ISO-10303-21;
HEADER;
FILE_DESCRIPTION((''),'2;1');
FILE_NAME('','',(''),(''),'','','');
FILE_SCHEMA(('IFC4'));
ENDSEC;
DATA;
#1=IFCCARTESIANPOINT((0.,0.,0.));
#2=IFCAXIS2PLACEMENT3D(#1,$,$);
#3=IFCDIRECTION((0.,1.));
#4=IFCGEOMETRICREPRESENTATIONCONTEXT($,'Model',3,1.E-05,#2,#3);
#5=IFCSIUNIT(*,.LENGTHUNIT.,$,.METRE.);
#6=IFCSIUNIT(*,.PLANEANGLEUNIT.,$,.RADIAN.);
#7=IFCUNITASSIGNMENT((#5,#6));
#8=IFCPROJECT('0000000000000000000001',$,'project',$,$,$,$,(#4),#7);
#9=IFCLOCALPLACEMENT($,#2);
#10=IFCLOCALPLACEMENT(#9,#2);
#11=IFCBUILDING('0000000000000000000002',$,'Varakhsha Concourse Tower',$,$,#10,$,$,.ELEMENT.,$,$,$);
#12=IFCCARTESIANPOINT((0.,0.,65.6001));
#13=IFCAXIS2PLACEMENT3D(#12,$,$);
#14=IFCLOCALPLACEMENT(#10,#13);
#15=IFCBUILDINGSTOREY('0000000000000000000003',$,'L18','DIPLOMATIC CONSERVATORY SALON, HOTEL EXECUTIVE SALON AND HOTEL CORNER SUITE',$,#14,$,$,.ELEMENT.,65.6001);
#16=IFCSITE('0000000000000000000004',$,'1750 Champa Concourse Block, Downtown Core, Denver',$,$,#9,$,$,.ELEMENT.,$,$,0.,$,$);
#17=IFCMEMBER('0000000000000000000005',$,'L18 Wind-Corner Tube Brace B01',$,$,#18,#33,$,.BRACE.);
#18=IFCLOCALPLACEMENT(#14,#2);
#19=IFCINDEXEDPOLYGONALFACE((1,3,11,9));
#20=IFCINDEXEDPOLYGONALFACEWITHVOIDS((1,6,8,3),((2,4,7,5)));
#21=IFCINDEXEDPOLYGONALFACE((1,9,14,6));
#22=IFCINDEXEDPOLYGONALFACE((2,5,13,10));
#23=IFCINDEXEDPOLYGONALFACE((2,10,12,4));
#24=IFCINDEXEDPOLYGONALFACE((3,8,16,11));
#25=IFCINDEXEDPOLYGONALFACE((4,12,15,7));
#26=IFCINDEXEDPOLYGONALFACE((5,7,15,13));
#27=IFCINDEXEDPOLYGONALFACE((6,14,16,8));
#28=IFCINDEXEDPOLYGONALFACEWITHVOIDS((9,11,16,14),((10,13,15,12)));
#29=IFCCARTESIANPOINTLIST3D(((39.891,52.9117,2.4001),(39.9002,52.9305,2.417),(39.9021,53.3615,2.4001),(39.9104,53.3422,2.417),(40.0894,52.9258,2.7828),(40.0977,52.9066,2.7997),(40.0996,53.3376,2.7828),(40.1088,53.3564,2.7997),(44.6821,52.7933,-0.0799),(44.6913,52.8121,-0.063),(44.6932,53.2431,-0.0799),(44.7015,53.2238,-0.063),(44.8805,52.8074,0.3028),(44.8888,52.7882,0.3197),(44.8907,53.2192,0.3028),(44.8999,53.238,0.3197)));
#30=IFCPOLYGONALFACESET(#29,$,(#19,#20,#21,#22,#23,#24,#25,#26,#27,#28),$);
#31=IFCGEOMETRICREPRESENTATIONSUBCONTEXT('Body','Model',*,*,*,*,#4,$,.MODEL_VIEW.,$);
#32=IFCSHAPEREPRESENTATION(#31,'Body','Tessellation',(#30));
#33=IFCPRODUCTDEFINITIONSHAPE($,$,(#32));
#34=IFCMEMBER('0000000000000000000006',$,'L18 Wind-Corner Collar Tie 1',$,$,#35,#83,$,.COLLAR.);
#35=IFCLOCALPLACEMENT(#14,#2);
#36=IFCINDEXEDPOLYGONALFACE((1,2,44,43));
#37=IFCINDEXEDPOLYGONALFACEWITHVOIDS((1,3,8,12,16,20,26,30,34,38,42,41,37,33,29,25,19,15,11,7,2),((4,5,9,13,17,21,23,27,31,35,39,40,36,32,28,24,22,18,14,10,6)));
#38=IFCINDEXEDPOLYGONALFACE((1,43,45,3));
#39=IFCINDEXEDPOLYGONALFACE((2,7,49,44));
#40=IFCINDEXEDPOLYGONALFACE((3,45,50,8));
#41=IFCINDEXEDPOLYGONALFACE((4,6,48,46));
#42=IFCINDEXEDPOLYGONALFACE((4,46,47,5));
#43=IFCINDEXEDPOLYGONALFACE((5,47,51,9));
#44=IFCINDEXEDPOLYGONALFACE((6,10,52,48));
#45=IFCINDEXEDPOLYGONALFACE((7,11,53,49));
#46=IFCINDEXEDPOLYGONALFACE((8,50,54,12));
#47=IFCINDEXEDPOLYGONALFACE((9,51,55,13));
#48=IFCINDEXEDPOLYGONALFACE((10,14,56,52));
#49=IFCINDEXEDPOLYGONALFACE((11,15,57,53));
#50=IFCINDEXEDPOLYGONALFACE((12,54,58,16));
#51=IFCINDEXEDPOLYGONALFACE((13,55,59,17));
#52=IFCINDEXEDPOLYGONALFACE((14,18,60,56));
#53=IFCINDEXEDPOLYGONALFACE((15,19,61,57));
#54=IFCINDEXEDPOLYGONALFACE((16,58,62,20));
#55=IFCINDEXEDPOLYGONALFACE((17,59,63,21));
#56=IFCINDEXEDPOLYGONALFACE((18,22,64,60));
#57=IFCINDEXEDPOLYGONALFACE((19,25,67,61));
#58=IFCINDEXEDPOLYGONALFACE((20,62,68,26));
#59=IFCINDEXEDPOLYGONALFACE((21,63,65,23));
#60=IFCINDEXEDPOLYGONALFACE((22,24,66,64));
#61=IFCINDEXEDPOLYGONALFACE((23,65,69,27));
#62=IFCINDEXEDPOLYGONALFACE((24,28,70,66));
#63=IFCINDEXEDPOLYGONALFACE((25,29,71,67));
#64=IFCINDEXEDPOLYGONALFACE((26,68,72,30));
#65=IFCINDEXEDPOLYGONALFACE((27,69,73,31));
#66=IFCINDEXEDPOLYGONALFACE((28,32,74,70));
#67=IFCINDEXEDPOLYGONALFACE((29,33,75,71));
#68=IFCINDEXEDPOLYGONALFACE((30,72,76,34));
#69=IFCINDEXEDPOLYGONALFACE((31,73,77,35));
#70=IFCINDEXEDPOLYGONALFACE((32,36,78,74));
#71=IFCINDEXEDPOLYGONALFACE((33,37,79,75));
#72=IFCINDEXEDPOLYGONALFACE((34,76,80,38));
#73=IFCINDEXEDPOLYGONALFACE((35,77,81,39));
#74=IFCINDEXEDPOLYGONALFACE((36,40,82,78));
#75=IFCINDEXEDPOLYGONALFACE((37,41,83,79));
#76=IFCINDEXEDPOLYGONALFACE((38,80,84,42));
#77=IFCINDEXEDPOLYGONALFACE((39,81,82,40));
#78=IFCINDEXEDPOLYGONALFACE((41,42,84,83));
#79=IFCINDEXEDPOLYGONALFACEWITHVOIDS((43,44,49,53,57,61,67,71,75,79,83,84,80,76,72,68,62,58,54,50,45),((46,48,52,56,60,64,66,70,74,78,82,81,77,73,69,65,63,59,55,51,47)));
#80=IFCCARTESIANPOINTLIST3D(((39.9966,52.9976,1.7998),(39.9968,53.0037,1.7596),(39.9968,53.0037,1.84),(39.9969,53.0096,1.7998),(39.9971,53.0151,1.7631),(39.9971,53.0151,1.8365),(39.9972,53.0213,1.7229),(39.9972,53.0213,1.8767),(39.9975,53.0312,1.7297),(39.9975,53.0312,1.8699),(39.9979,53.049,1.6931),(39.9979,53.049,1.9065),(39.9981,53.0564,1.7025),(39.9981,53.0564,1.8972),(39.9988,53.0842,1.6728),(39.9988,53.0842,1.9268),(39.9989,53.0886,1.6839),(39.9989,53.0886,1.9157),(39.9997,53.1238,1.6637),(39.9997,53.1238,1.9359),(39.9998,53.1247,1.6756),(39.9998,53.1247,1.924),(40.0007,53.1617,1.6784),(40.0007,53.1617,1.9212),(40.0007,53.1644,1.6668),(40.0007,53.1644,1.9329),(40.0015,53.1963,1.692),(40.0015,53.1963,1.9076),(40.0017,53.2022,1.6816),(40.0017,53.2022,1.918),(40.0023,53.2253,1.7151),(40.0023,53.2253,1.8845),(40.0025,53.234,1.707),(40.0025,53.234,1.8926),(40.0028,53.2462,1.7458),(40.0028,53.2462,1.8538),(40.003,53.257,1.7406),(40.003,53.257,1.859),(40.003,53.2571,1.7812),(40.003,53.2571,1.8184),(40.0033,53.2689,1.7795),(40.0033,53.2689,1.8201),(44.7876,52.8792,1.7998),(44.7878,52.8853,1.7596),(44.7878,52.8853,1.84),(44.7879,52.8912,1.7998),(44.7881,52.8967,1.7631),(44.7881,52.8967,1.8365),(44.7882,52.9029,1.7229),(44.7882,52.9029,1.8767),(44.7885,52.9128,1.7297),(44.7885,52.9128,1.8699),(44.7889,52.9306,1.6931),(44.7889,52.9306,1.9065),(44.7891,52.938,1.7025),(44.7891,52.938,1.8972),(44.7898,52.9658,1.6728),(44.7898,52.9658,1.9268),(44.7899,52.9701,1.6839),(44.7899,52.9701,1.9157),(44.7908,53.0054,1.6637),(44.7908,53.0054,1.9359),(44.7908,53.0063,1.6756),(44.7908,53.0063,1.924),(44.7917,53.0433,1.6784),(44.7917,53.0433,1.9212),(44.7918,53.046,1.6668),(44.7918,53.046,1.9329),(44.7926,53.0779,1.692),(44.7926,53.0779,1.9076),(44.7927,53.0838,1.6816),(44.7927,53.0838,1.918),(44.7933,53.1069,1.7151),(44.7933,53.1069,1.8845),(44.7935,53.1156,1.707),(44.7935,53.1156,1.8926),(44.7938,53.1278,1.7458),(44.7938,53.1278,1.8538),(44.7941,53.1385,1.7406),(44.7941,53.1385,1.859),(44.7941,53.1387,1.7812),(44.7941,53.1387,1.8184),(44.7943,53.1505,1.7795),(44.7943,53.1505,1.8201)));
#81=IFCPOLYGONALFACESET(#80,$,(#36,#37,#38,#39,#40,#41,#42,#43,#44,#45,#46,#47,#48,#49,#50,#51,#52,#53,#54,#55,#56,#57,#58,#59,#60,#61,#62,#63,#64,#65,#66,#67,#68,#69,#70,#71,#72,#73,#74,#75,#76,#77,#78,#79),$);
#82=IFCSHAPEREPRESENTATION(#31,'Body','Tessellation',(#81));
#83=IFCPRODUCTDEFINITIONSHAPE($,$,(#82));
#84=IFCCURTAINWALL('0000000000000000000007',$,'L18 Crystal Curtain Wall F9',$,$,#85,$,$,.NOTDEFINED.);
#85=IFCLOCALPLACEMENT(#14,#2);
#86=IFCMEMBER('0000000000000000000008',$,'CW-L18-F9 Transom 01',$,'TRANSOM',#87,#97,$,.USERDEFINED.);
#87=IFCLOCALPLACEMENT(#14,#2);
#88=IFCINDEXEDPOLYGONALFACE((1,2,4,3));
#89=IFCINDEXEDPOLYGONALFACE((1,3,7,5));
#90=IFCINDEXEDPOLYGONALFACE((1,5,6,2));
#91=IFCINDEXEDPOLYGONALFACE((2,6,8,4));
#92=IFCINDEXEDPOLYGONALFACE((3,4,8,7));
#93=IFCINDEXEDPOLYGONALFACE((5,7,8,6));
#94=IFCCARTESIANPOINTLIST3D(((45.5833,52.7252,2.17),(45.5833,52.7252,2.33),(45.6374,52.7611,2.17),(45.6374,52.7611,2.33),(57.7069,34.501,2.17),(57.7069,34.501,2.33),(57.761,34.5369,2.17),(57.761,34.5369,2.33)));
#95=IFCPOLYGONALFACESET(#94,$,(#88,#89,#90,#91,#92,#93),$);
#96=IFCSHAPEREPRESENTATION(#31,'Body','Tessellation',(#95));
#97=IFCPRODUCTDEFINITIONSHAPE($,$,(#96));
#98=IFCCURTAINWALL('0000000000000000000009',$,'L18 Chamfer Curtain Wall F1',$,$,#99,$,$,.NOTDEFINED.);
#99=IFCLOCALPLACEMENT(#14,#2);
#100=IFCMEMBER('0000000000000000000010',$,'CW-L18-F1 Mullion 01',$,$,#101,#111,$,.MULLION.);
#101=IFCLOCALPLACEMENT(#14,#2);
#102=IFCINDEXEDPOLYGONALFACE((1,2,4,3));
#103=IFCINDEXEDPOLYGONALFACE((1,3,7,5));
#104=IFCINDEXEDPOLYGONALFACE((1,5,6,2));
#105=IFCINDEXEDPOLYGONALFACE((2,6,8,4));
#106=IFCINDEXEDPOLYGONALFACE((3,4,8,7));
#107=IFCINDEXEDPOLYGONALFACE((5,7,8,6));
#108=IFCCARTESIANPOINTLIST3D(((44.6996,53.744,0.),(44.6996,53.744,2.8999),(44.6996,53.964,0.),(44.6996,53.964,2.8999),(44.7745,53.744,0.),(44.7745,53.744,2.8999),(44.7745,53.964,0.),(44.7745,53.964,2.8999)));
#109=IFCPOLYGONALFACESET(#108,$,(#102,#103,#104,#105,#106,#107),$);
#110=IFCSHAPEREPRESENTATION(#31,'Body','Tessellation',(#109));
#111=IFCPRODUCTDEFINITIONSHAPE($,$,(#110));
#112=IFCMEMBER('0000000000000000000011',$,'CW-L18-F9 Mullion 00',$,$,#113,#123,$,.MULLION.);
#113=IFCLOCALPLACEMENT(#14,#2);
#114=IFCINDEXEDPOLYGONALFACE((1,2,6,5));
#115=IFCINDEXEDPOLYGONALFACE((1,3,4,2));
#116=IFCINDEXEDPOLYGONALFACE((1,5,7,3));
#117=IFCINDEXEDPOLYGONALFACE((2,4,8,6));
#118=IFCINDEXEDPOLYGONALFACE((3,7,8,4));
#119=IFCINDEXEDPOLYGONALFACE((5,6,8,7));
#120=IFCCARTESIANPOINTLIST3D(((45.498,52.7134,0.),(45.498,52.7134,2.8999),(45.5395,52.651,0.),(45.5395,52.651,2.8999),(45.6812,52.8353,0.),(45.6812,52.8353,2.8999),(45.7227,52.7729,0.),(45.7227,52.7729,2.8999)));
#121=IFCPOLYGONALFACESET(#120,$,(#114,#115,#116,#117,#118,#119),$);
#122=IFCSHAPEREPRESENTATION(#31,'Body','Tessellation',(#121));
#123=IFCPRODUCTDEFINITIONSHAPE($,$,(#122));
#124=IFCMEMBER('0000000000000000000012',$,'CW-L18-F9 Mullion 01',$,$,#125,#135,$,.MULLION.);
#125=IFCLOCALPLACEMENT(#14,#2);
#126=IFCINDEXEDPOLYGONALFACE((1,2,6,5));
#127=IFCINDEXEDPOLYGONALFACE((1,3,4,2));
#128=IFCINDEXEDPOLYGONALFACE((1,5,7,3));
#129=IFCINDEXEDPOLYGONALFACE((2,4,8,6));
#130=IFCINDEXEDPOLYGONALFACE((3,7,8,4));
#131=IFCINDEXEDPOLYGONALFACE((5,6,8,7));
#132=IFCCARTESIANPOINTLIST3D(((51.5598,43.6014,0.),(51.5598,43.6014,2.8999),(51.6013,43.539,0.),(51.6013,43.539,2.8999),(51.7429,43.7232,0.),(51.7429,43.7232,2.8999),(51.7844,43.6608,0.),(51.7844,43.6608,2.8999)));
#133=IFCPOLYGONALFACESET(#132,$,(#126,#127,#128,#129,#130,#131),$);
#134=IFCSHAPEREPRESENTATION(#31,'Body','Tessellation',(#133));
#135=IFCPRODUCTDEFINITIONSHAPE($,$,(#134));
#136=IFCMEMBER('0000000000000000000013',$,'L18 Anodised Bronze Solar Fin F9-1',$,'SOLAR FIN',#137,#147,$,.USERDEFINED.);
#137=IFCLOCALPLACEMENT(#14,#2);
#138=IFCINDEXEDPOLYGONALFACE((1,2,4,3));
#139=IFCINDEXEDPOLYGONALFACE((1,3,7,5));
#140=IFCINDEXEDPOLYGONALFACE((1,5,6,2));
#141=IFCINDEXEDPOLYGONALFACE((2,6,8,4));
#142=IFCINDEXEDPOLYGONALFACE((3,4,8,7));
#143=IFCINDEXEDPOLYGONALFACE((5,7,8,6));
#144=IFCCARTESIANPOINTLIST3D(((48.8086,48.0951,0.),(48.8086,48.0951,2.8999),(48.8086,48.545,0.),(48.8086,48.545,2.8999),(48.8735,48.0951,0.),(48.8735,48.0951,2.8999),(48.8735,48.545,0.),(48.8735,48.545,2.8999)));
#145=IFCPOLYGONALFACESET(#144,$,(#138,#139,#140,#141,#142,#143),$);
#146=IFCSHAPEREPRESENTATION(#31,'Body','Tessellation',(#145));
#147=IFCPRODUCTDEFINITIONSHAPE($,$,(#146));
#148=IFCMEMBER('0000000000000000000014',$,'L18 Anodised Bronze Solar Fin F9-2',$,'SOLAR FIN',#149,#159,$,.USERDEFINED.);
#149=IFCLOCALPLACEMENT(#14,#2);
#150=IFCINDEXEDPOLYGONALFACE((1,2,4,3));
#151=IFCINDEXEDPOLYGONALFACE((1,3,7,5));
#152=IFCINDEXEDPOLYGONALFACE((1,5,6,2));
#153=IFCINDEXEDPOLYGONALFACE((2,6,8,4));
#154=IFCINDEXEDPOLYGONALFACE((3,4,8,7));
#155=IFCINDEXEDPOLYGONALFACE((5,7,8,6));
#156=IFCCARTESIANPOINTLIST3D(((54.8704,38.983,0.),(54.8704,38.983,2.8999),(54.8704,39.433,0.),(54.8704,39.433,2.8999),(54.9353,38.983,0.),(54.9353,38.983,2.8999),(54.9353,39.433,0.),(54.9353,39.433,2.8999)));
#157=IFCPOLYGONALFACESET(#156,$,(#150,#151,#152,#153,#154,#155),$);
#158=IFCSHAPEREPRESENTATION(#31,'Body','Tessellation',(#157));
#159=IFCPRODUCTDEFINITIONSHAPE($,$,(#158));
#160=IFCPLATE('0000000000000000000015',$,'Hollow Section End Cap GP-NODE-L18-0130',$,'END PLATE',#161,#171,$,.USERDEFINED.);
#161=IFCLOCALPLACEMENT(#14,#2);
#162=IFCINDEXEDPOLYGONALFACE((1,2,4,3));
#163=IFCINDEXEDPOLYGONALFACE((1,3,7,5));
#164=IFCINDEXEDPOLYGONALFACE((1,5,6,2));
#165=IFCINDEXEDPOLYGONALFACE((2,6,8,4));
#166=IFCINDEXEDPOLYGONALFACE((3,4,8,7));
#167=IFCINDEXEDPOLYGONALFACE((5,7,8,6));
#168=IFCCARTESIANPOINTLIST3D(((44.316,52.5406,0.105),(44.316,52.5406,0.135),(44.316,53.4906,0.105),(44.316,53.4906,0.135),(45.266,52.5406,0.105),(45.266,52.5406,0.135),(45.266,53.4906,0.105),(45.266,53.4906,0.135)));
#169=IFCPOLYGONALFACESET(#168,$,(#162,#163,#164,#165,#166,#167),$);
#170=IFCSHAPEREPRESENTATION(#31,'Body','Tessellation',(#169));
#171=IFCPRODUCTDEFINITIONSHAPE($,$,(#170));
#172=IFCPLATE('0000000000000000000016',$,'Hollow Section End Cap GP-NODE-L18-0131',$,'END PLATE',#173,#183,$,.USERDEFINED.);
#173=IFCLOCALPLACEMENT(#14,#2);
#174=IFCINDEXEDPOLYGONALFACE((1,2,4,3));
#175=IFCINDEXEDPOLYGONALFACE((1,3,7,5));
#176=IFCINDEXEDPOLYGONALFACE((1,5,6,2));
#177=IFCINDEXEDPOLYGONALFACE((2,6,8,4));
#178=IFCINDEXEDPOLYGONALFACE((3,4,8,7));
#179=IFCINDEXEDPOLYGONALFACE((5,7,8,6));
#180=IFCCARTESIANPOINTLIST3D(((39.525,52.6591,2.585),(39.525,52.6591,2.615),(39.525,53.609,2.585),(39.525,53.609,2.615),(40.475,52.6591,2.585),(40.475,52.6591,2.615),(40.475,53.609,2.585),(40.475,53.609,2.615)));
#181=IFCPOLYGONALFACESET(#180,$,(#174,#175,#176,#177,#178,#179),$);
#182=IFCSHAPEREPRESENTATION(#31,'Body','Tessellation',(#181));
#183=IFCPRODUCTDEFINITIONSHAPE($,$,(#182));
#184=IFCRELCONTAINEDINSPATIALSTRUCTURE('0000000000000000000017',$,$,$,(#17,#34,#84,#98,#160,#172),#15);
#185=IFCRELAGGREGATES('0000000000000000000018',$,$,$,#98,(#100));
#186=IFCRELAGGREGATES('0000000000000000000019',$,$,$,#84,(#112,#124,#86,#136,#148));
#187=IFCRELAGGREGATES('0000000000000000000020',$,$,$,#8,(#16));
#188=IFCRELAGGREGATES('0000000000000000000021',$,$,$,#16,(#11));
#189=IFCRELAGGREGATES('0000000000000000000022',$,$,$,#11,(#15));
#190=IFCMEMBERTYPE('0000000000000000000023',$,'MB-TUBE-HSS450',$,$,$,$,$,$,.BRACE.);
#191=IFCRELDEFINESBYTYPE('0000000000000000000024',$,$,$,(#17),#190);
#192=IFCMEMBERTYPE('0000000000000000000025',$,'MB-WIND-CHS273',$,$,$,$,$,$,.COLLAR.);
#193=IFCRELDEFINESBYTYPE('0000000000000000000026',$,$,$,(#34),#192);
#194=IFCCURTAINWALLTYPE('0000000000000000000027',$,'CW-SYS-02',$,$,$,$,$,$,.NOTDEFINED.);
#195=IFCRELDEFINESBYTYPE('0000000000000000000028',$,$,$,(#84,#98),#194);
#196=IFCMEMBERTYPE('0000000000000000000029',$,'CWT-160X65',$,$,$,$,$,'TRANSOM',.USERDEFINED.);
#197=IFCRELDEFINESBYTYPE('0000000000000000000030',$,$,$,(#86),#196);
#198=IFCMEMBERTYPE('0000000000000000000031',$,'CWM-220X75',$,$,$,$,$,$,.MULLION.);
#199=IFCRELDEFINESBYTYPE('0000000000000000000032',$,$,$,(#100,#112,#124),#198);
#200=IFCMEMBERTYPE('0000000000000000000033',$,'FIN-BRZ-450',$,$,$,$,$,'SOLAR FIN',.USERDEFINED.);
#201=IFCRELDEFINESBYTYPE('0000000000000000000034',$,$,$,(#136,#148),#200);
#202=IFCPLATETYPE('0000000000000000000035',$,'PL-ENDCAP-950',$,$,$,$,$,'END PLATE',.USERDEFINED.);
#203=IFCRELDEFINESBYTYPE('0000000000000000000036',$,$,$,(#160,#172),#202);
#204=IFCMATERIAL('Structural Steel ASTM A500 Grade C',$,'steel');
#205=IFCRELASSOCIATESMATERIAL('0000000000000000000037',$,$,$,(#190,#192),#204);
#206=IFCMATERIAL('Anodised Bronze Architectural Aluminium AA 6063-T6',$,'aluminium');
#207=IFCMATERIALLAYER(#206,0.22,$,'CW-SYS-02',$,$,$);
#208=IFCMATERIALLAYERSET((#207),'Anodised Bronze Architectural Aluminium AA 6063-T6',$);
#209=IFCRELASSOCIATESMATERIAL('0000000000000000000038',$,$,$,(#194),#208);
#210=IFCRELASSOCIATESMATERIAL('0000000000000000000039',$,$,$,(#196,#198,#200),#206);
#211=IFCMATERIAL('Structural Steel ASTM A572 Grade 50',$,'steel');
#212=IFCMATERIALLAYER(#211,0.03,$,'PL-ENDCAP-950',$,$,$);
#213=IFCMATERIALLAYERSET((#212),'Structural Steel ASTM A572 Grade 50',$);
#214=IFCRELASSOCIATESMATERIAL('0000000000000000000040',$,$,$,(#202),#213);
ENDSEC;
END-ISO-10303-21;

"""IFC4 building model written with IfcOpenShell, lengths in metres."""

from ifc_helpers import new_model, si_unit, direction, frame, origin, origin_2d, place, context, subcontext, project, spatial, rectangle, hollow_rectangle, hollow_circle, extrude, source, transform, mapped, material, layer, layer_set, material_profile, profile_set, type_object, type_shapes, element, aggregate, save


model = new_model("IFC4")

# Units and contexts
model_context = context("Model", 3, precision=1e-05, world=origin(), true_north=direction((0.0, 1.0)))
body_context = subcontext(model_context, "Body", "Model", "MODEL_VIEW")
ifc_project = project(units=[si_unit("LENGTHUNIT", "METRE"), si_unit("PLANEANGLEUNIT", "RADIAN")], contexts=[model_context])

# Site, building, storey
site_placement = place(None, origin())
site = spatial("IfcSite", under=ifc_project, at=site_placement, Name="1750 Champa Concourse Block, Downtown Core, Denver", CompositionType="ELEMENT", RefElevation=0.0)
building_placement = place(site_placement, origin())
building = spatial("IfcBuilding", under=site, at=building_placement, Name="Varakhsha Concourse Tower", CompositionType="ELEMENT")
storey_placement = place(building_placement, frame((0.0, 0.0, 65.6001)))
storey = spatial("IfcBuildingStorey", under=building, at=storey_placement, Name="L18", Description="DIPLOMATIC CONSERVATORY SALON, HOTEL EXECUTIVE SALON AND HOTEL CORNER SUITE", CompositionType="ELEMENT", Elevation=65.6001)

# Shared definitions
ifc_material_1 = material(Name="Structural Steel ASTM A572 Grade 50", Category="steel")

# Members
ifc_material_2 = material(Name="Structural Steel ASTM A500 Grade C", Category="steel")
ifc_material_profile_1 = material_profile(ifc_material_2, hollow_rectangle(XDim=0.45, YDim=0.45, WallThickness=0.019, at=origin_2d()), Name="HSS 450x450x19")
ifc_profile_set_1 = profile_set([ifc_material_profile_1], Name="Structural Steel ASTM A500 Grade C")
member_type_1 = type_object("IfcMemberType", Name="MB-TUBE-HSS450", PredefinedType="BRACE", material=ifc_profile_set_1)
shared_shape_1 = source(origin(), body_context, "Body", "SweptSolid", [
    extrude(hollow_rectangle(XDim=0.45, YDim=0.45, WallThickness=0.019, at=origin_2d()), origin(), (0.0, 0.0, 1.0), 5.3962),
])
type_shapes(member_type_1, [shared_shape_1])
member_1_placement = place(storey_placement, frame((44.791, 53.0156, 0.1199), z_axis=(-0.887862, 0.021943, 0.459586), x_axis=(-0.024707, -0.999695, 0.0)))
element("IfcMember", 1, at=member_1_placement, inside=storey, type_object=member_type_1, Name="L18 Wind-Corner Tube Brace B01", PredefinedType="BRACE", context=body_context, shape_type="MappedRepresentation", body=[
    mapped(shared_shape_1, transform((0.0, 0.0, 0.0), scale=1.0)),
])
ifc_material_profile_2 = material_profile(ifc_material_2, hollow_circle(Radius=0.1365, WallThickness=0.012, at=origin_2d()), Name="CHS 273x12")
ifc_profile_set_2 = profile_set([ifc_material_profile_2], Name="Structural Steel ASTM A500 Grade C")
member_type_2 = type_object("IfcMemberType", Name="MB-WIND-CHS273", PredefinedType="COLLAR", material=ifc_profile_set_2)
shared_shape_2 = source(origin(), body_context, "Body", "SweptSolid", [
    extrude(hollow_circle(Radius=0.1365, WallThickness=0.012, at=origin_2d()), origin(), (0.0, 0.0, 1.0), 4.7925),
])
type_shapes(member_type_2, [shared_shape_2])
member_2_placement = place(storey_placement, frame((44.791, 53.0156, 1.7998), z_axis=(-0.999695, 0.024707, 0.0), x_axis=(-0.024707, -0.999695, 0.0)))
element("IfcMember", 2, at=member_2_placement, inside=storey, type_object=member_type_2, Name="L18 Wind-Corner Collar Tie 1", PredefinedType="COLLAR", context=body_context, shape_type="MappedRepresentation", body=[
    mapped(shared_shape_2, transform((0.0, 0.0, 0.0), scale=1.0)),
])

# Curtain walls, members
ifc_material_3 = material(Name="Anodised Bronze Architectural Aluminium AA 6063-T6", Category="aluminium")
ifc_layer_1 = layer(ifc_material_3, 0.22, Name="CW-SYS-02")
ifc_layer_set_1 = layer_set([ifc_layer_1], Name="Anodised Bronze Architectural Aluminium AA 6063-T6")
curtain_wall_type = type_object("IfcCurtainWallType", Name="CW-SYS-02", PredefinedType="NOTDEFINED", material=ifc_layer_set_1)
curtain_wall_1_placement = place(storey_placement, origin())
curtain_wall_1 = element("IfcCurtainWall", 3, at=curtain_wall_1_placement, inside=storey, type_object=curtain_wall_type, Name="L18 Crystal Curtain Wall F9", PredefinedType="NOTDEFINED")
ifc_material_profile_3 = material_profile(ifc_material_3, rectangle(XDim=0.0649, YDim=0.1599, at=origin_2d()), Name="CWT-160X65")
ifc_profile_set_3 = profile_set([ifc_material_profile_3], Name="Anodised Bronze Architectural Aluminium AA 6063-T6")
member_type_3 = type_object("IfcMemberType", Name="CWT-160X65", ElementType="TRANSOM", PredefinedType="USERDEFINED", material=ifc_profile_set_3)
shared_shape_3 = source(origin(), body_context, "Body", "SweptSolid", [
    extrude(rectangle(XDim=0.0649, YDim=0.1599, at=origin_2d()), origin(), (0.0, 0.0, 1.0), 21.8884),
])
type_shapes(member_type_3, [shared_shape_3])
member_3_placement = place(storey_placement, frame((45.6104, 52.7432, 2.25), z_axis=(0.553881, -0.832596, 0.0), x_axis=(0.832596, 0.553881, 0.0)))
member_3 = element("IfcMember", 4, at=member_3_placement, type_object=member_type_3, Name="CW-L18-F9 Transom 01", ObjectType="TRANSOM", PredefinedType="USERDEFINED", context=body_context, shape_type="MappedRepresentation", body=[
    mapped(shared_shape_3, transform((0.0, 0.0, 0.0), scale=1.0)),
])
curtain_wall_2_placement = place(storey_placement, origin())
curtain_wall_2 = element("IfcCurtainWall", 5, at=curtain_wall_2_placement, inside=storey, type_object=curtain_wall_type, Name="L18 Chamfer Curtain Wall F1", PredefinedType="NOTDEFINED")
ifc_material_profile_4 = material_profile(ifc_material_3, rectangle(XDim=0.075, YDim=0.22, at=origin_2d()), Name="CWM-220X75")
ifc_profile_set_4 = profile_set([ifc_material_profile_4], Name="Anodised Bronze Architectural Aluminium AA 6063-T6")
member_type_4 = type_object("IfcMemberType", Name="CWM-220X75", PredefinedType="MULLION", material=ifc_profile_set_4)
shared_shape_4 = source(origin(), body_context, "Body", "SweptSolid", [
    extrude(rectangle(XDim=0.075, YDim=0.22, at=origin_2d()), origin(), (0.0, 0.0, 1.0), 2.8999),
])
type_shapes(member_type_4, [shared_shape_4])
member_4_placement = place(storey_placement, frame((44.7371, 53.854, 0.0), z_axis=(0.0, 0.0, 1.0), x_axis=(1.0, 0.0, 0.0)))
member_4 = element("IfcMember", 6, at=member_4_placement, type_object=member_type_4, Name="CW-L18-F1 Mullion 01", PredefinedType="MULLION", context=body_context, shape_type="MappedRepresentation", body=[
    mapped(shared_shape_4, transform((0.0, 0.0, 0.0), scale=1.0)),
])

# Members
member_5_placement = place(storey_placement, frame((45.6104, 52.7432, 0.0), z_axis=(0.0, 0.0, 1.0), x_axis=(0.55388, -0.832597, 0.0)))
member_5 = element("IfcMember", 7, at=member_5_placement, type_object=member_type_4, Name="CW-L18-F9 Mullion 00", PredefinedType="MULLION", context=body_context, shape_type="MappedRepresentation", body=[
    mapped(shared_shape_4, transform((0.0, 0.0, 0.0), scale=1.0)),
])
member_6_placement = place(storey_placement, frame((51.6721, 43.6311, 0.0), z_axis=(0.0, 0.0, 1.0), x_axis=(0.55388, -0.832597, 0.0)))
member_6 = element("IfcMember", 8, at=member_6_placement, type_object=member_type_4, Name="CW-L18-F9 Mullion 01", PredefinedType="MULLION", context=body_context, shape_type="MappedRepresentation", body=[
    mapped(shared_shape_4, transform((0.0, 0.0, 0.0), scale=1.0)),
])
ifc_material_profile_5 = material_profile(ifc_material_3, rectangle(XDim=0.0649, YDim=0.45, at=origin_2d()), Name="FIN-BRZ-450")
ifc_profile_set_5 = profile_set([ifc_material_profile_5], Name="Anodised Bronze Architectural Aluminium AA 6063-T6")
member_type_5 = type_object("IfcMemberType", Name="FIN-BRZ-450", ElementType="SOLAR FIN", PredefinedType="USERDEFINED", material=ifc_profile_set_5)
shared_shape_5 = source(origin(), body_context, "Body", "SweptSolid", [
    extrude(rectangle(XDim=0.0649, YDim=0.45, at=origin_2d()), origin(), (0.0, 0.0, 1.0), 2.8999),
])
type_shapes(member_type_5, [shared_shape_5])
member_7_placement = place(storey_placement, frame((48.8411, 48.3201, 0.0), z_axis=(0.0, 0.0, 1.0), x_axis=(1.0, 0.0, 0.0)))
member_7 = element("IfcMember", 9, at=member_7_placement, type_object=member_type_5, Name="L18 Anodised Bronze Solar Fin F9-1", ObjectType="SOLAR FIN", PredefinedType="USERDEFINED", context=body_context, shape_type="MappedRepresentation", body=[
    mapped(shared_shape_5, transform((0.0, 0.0, 0.0), scale=1.0)),
])
member_8_placement = place(storey_placement, frame((54.9028, 39.208, 0.0), z_axis=(0.0, 0.0, 1.0), x_axis=(1.0, 0.0, 0.0)))
member_8 = element("IfcMember", 10, at=member_8_placement, type_object=member_type_5, Name="L18 Anodised Bronze Solar Fin F9-2", ObjectType="SOLAR FIN", PredefinedType="USERDEFINED", context=body_context, shape_type="MappedRepresentation", body=[
    mapped(shared_shape_5, transform((0.0, 0.0, 0.0), scale=1.0)),
])

# Plates
ifc_layer_2 = layer(ifc_material_1, 0.03, Name="PL-ENDCAP-950")
ifc_layer_set_2 = layer_set([ifc_layer_2], Name="Structural Steel ASTM A572 Grade 50")
plate_type_1 = type_object("IfcPlateType", Name="PL-ENDCAP-950", ElementType="END PLATE", PredefinedType="USERDEFINED", material=ifc_layer_set_2)
shared_shape_6 = source(origin(), body_context, "Body", "SweptSolid", [
    extrude(rectangle(XDim=0.95, YDim=0.95, at=origin_2d()), origin(), (0.0, 0.0, 1.0), 0.03),
])
type_shapes(plate_type_1, [shared_shape_6])
for number, where, z_axis, x_axis, name in (
    (11, (44.791, 53.0156, 0.105), (0.0, 0.0, 1.0), (1.0, 0.0, 0.0), "Hollow Section End Cap GP-NODE-L18-0130"),
    (12, (40.0, 53.134, 2.585), (0.0, 0.0, 1.0), (1.0, 0.0, 0.0), "Hollow Section End Cap GP-NODE-L18-0131"),
):
    element("IfcPlate", number, at=place(storey_placement, frame(where, z_axis=z_axis, x_axis=x_axis)), inside=storey, type_object=plate_type_1, Name=name, ObjectType="END PLATE", PredefinedType="USERDEFINED", context=body_context, shape_type="MappedRepresentation", body=[
        mapped(shared_shape_6, transform((0.0, 0.0, 0.0), scale=1.0)),
    ])

aggregate(curtain_wall_2, [member_4])
aggregate(curtain_wall_1, [member_5, member_6, member_3, member_7, member_8])

save(model, "model.ifc")
